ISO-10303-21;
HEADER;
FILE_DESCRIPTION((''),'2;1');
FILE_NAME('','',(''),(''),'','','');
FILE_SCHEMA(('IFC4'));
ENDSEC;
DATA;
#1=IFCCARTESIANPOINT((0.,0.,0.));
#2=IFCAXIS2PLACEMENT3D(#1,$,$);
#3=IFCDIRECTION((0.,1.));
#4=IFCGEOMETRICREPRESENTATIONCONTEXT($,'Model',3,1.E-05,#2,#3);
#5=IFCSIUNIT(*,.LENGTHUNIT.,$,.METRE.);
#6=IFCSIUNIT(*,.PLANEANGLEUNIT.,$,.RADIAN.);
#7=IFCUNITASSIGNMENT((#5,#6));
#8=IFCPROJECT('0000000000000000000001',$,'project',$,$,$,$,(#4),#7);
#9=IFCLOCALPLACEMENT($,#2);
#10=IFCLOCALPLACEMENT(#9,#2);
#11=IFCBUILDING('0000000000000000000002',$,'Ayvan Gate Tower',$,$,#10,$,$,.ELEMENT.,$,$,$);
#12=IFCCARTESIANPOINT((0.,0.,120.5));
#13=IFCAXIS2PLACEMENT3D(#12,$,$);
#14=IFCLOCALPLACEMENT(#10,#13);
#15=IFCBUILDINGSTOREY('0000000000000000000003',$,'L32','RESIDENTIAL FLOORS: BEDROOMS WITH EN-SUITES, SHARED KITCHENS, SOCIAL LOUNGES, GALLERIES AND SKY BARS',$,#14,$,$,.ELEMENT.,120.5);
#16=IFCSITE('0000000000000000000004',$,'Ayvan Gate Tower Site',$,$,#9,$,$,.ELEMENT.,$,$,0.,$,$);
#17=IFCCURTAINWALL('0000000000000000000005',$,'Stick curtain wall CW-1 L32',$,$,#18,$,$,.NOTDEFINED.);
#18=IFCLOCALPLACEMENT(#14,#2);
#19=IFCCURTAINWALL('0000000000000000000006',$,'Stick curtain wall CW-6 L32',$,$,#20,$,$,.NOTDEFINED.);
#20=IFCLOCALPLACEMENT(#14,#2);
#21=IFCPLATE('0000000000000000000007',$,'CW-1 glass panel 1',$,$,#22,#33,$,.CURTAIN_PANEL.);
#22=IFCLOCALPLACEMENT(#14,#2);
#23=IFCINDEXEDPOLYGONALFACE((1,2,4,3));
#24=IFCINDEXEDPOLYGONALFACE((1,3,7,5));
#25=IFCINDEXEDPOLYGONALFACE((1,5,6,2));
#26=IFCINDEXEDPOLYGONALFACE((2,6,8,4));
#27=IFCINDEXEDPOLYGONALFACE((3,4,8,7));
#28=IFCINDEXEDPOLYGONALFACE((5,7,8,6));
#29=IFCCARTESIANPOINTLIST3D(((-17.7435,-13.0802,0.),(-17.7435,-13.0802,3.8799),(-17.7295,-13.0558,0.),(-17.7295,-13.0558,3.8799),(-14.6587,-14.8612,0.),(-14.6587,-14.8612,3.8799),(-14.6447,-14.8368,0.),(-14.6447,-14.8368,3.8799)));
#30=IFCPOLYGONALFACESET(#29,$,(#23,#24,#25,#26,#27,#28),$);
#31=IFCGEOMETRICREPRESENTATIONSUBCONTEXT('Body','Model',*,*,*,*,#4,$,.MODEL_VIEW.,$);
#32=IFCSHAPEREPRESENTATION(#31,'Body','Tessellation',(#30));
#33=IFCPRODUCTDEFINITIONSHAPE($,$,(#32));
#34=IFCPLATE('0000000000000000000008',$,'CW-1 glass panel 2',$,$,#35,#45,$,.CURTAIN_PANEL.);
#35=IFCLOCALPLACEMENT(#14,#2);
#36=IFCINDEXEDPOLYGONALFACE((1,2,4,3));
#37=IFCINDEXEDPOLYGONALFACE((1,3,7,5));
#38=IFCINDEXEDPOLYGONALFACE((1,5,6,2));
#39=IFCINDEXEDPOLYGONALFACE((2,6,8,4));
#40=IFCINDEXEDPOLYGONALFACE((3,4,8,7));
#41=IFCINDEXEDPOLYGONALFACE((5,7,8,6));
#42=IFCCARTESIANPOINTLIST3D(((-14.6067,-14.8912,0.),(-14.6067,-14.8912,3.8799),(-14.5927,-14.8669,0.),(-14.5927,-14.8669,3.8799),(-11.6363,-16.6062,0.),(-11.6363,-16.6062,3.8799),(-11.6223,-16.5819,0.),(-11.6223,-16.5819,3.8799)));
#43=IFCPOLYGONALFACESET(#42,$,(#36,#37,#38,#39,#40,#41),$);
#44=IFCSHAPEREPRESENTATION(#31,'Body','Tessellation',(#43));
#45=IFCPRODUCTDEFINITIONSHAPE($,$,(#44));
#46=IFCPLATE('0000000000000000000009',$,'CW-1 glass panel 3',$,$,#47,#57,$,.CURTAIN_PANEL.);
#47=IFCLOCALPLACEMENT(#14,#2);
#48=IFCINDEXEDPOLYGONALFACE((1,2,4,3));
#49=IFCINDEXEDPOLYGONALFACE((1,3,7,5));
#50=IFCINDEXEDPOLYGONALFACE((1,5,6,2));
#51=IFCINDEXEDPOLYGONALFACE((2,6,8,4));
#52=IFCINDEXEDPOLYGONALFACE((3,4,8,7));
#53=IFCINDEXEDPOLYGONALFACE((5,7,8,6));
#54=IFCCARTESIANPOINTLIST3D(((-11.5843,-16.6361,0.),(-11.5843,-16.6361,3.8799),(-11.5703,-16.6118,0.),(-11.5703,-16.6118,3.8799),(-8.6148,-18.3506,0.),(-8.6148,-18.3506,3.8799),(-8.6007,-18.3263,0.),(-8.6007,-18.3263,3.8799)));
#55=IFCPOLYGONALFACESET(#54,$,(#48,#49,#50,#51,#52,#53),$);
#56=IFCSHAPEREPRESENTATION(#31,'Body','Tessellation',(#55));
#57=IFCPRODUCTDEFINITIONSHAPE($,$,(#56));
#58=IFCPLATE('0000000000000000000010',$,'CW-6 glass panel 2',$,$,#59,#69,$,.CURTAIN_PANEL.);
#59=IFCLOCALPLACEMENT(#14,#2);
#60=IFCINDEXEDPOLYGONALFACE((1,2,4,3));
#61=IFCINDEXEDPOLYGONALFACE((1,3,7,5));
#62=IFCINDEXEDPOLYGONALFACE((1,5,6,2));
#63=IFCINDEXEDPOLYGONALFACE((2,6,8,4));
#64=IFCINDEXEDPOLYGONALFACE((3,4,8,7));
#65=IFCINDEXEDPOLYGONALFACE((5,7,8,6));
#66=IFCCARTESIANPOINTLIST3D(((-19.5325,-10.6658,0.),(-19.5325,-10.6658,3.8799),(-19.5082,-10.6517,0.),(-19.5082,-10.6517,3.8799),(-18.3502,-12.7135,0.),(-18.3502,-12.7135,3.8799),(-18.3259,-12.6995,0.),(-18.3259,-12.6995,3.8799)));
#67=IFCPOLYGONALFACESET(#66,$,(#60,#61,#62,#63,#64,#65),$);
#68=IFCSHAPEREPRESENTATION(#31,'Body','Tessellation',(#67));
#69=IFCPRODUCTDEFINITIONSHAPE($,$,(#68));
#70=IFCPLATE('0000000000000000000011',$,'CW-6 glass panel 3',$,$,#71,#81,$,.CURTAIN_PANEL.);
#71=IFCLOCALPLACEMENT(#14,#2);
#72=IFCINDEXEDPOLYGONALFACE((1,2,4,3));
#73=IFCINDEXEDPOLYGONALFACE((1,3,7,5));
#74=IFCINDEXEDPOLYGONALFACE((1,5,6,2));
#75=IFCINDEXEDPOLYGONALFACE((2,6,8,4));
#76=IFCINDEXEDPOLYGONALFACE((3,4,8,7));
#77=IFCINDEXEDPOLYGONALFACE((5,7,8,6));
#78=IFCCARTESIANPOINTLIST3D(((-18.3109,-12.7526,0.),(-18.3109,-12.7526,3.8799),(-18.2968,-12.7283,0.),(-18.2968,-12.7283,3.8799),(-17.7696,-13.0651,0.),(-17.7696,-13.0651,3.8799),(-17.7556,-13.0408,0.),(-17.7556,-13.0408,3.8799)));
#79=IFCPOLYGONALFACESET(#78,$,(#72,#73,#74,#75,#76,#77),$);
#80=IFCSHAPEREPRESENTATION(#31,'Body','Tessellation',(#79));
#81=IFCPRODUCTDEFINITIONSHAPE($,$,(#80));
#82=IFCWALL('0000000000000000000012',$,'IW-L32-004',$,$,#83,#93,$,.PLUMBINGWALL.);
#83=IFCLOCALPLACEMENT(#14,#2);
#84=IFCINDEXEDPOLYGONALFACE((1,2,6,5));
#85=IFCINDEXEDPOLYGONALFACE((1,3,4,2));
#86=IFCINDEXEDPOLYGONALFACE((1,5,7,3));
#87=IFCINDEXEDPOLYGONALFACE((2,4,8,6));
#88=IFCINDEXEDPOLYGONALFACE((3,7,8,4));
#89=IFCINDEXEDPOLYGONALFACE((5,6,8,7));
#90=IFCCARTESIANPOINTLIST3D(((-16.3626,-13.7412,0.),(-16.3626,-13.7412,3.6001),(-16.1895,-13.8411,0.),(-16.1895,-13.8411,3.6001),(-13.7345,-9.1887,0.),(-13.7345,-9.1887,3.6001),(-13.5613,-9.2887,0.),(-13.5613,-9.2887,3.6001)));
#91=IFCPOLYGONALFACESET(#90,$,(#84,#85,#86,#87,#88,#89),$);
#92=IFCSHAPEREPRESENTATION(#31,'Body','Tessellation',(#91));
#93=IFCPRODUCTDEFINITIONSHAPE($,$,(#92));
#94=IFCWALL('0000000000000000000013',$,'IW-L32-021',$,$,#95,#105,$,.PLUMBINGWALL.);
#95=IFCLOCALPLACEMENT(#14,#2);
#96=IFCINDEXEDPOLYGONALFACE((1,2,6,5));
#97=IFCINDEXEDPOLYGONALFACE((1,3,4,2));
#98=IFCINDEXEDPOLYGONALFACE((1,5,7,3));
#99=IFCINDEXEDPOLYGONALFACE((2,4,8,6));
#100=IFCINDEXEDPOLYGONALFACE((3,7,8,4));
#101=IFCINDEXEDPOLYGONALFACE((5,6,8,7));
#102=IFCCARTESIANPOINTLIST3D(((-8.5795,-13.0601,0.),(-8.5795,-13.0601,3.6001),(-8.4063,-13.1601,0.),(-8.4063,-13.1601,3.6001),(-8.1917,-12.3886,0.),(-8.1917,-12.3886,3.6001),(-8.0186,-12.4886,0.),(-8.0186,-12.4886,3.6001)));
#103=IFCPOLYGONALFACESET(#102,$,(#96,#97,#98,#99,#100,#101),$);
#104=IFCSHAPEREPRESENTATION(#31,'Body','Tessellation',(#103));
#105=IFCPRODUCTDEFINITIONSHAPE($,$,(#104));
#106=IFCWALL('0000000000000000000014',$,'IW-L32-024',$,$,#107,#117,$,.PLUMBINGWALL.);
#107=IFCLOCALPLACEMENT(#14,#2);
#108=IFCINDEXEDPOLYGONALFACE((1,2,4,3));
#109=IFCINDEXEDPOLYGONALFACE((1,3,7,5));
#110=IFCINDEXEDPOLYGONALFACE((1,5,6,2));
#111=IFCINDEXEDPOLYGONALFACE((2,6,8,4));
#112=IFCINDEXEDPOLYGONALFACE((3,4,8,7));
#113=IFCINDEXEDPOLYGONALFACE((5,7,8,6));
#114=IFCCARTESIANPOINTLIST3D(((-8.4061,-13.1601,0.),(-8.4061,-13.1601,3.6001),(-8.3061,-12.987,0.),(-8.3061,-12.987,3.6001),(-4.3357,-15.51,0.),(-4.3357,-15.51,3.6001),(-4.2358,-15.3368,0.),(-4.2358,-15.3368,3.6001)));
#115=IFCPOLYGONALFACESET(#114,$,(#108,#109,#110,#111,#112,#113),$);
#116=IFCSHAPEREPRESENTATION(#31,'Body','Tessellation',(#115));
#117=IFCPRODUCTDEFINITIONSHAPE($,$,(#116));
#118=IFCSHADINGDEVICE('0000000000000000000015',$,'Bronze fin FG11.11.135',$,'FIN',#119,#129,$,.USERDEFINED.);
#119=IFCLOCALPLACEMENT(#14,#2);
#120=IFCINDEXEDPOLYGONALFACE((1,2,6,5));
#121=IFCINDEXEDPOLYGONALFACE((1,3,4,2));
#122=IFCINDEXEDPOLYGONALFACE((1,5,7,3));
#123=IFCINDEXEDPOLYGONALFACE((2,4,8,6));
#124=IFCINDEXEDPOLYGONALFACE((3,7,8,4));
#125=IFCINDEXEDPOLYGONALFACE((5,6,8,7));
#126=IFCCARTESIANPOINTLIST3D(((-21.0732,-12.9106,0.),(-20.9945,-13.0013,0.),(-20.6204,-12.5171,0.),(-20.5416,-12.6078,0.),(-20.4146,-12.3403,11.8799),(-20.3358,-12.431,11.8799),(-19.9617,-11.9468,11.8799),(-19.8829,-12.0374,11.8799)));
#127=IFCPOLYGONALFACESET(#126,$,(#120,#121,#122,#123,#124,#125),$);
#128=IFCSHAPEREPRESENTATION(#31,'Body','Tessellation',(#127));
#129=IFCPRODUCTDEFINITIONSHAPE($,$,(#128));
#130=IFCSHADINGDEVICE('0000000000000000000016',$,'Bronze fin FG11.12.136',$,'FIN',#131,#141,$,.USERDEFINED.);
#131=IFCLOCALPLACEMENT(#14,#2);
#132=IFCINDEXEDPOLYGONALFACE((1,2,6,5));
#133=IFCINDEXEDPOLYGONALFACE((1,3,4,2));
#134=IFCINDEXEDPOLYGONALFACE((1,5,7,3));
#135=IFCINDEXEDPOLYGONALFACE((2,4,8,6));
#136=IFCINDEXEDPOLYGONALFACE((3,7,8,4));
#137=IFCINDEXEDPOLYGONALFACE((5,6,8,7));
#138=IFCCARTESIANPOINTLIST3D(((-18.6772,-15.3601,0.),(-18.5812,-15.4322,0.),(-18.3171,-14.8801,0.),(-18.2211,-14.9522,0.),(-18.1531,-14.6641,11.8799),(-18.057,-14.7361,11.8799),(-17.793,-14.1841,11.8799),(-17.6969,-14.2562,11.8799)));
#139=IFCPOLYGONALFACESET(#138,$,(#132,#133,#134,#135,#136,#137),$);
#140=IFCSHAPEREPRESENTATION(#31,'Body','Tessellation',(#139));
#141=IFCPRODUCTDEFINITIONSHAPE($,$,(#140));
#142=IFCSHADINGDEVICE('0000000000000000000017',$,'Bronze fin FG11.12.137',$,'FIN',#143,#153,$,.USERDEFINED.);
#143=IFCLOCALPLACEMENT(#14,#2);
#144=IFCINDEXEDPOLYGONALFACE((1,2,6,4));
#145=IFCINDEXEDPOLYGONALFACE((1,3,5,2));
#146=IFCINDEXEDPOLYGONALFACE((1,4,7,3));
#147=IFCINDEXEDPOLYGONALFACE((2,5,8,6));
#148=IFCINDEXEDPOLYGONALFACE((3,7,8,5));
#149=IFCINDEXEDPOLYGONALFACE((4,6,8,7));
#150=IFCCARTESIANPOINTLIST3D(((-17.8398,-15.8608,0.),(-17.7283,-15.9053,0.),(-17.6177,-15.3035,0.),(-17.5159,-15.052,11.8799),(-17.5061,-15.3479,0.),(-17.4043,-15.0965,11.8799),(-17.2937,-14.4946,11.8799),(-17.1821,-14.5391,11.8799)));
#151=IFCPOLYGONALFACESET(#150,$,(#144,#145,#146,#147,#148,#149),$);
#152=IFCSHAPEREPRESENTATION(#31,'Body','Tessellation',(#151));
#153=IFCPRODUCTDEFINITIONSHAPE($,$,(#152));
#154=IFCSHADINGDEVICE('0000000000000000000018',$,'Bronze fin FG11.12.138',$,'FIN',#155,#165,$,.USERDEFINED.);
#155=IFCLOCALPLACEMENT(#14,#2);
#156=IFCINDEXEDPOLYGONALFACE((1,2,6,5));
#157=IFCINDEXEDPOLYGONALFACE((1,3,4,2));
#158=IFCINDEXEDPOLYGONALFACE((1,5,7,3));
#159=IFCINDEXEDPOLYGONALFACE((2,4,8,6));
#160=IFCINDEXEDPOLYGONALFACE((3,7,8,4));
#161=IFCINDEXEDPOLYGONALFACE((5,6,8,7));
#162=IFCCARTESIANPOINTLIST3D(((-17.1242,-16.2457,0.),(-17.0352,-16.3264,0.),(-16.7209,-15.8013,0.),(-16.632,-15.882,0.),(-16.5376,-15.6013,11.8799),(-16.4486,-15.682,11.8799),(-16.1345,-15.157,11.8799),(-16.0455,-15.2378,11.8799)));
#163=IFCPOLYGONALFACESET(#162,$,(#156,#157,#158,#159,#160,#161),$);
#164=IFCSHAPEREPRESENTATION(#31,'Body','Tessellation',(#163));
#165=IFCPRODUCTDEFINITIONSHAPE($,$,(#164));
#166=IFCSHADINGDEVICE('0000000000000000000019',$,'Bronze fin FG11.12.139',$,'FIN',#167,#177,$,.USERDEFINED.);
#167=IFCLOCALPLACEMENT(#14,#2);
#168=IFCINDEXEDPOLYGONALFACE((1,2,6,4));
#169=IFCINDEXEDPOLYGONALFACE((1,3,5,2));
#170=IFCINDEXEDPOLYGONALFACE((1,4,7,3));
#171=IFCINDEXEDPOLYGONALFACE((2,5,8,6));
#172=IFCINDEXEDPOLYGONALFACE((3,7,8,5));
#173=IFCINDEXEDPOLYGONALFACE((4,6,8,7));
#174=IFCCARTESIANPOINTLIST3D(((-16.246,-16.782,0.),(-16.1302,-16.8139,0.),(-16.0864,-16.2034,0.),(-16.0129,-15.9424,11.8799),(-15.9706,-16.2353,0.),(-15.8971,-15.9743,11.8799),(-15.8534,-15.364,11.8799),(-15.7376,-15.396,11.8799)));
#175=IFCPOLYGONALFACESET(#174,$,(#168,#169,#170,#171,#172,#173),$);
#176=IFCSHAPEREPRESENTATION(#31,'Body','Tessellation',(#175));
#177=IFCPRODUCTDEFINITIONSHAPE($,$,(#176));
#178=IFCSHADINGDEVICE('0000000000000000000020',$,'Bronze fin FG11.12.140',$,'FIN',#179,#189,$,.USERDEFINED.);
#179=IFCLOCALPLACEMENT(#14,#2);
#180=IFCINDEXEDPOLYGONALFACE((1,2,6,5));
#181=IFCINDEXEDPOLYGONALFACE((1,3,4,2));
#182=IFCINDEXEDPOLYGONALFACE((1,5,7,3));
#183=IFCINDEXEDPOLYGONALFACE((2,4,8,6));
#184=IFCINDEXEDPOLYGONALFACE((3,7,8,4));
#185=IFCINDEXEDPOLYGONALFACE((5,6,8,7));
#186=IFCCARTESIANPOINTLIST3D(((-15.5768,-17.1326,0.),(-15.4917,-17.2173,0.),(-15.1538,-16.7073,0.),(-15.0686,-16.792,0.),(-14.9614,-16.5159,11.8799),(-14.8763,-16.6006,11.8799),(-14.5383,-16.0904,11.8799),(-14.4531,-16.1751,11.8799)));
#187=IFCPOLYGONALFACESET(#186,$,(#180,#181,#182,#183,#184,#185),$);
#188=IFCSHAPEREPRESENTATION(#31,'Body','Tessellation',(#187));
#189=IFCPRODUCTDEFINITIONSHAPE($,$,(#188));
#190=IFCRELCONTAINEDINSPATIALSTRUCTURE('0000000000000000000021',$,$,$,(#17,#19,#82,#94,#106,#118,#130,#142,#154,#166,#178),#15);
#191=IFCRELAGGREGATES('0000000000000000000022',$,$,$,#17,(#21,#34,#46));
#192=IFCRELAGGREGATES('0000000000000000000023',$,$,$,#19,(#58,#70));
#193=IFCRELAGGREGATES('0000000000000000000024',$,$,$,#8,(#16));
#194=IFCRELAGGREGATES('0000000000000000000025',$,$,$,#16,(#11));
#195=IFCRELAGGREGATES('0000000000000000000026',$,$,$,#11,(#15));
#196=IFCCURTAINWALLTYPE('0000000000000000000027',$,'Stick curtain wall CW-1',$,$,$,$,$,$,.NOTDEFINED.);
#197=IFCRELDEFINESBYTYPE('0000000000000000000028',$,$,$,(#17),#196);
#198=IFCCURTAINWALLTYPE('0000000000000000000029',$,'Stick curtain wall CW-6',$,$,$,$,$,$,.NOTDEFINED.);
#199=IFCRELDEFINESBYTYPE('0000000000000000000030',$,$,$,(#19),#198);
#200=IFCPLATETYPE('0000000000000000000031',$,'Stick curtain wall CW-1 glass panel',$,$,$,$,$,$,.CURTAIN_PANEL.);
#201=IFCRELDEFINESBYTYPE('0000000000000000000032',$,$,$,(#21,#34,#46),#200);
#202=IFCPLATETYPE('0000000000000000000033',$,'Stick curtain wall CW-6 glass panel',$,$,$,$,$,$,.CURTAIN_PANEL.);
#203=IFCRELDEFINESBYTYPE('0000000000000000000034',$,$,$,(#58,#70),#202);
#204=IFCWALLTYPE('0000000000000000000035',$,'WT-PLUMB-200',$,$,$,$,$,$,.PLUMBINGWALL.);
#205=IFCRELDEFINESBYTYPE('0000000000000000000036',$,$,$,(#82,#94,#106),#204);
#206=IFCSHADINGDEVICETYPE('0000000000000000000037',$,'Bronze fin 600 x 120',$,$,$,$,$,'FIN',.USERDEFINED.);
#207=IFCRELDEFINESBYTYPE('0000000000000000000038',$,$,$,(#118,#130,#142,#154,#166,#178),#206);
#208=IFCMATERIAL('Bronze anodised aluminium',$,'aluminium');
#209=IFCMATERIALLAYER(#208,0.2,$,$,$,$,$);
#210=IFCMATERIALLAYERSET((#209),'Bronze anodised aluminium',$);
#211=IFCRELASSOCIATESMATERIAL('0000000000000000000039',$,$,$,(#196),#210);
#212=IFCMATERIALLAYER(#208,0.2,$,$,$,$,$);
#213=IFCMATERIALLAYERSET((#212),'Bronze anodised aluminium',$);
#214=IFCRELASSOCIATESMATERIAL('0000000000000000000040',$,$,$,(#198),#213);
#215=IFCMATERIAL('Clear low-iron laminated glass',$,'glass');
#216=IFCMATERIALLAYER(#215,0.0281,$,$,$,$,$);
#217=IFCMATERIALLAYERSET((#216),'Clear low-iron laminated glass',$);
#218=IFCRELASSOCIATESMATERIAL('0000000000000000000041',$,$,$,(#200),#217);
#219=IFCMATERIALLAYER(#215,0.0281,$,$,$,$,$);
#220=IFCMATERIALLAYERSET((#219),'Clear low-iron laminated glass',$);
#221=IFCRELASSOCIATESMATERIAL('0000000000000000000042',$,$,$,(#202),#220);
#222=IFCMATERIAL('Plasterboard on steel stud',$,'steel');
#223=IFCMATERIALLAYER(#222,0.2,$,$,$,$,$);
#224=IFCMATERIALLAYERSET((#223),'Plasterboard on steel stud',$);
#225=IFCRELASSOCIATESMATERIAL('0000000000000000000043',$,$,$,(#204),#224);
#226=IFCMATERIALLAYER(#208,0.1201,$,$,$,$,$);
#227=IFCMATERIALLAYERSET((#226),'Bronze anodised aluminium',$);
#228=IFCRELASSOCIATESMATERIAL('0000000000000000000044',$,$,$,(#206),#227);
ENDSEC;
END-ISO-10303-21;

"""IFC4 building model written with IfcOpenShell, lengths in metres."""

from ifc_helpers import new_model, si_unit, direction, frame, frame_2d, origin, origin_2d, place, context, subcontext, project, spatial, polyline, rectangle, outline, extrude, material, layer, layer_set, type_object, element, aggregate, save


model = new_model("IFC4")

# Units and contexts
model_context = context("Model", 3, precision=1e-05, world=origin(), true_north=direction((0.0, 1.0)))
body_context = subcontext(model_context, "Body", "Model", "MODEL_VIEW")
ifc_project = project(units=[si_unit("LENGTHUNIT", "METRE"), si_unit("PLANEANGLEUNIT", "RADIAN")], contexts=[model_context])

# Site, building, storey
site_placement = place(None, origin())
site = spatial("IfcSite", under=ifc_project, at=site_placement, Name="Ayvan Gate Tower Site", CompositionType="ELEMENT", RefElevation=0.0)
building_placement = place(site_placement, origin())
building = spatial("IfcBuilding", under=site, at=building_placement, Name="Ayvan Gate Tower", CompositionType="ELEMENT")
storey_placement = place(building_placement, frame((0.0, 0.0, 120.5)))
storey = spatial("IfcBuildingStorey", under=building, at=storey_placement, Name="L32", Description="RESIDENTIAL FLOORS: BEDROOMS WITH EN-SUITES, SHARED KITCHENS, SOCIAL LOUNGES, GALLERIES AND SKY BARS", CompositionType="ELEMENT", Elevation=120.5)

# Curtain walls
ifc_material_1 = material(Name="Bronze anodised aluminium", Category="aluminium")
ifc_layer_1 = layer(ifc_material_1, 0.2)
ifc_layer_set_1 = layer_set([ifc_layer_1], Name="Bronze anodised aluminium")
curtain_wall_type_1 = type_object("IfcCurtainWallType", Name="Stick curtain wall CW-1", PredefinedType="NOTDEFINED", material=ifc_layer_set_1)
curtain_wall_1_placement = place(storey_placement, origin())
curtain_wall_1 = element("IfcCurtainWall", 1, at=curtain_wall_1_placement, inside=storey, type_object=curtain_wall_type_1, Name="Stick curtain wall CW-1 L32", PredefinedType="NOTDEFINED")
ifc_layer_2 = layer(ifc_material_1, 0.2)
ifc_layer_set_2 = layer_set([ifc_layer_2], Name="Bronze anodised aluminium")
curtain_wall_type_2 = type_object("IfcCurtainWallType", Name="Stick curtain wall CW-6", PredefinedType="NOTDEFINED", material=ifc_layer_set_2)
curtain_wall_2_placement = place(storey_placement, origin())
curtain_wall_2 = element("IfcCurtainWall", 2, at=curtain_wall_2_placement, inside=storey, type_object=curtain_wall_type_2, Name="Stick curtain wall CW-6 L32", PredefinedType="NOTDEFINED")

# Plates
ifc_material_2 = material(Name="Clear low-iron laminated glass", Category="glass")
ifc_layer_3 = layer(ifc_material_2, 0.0281)
ifc_layer_set_3 = layer_set([ifc_layer_3], Name="Clear low-iron laminated glass")
plate_type_1 = type_object("IfcPlateType", Name="Stick curtain wall CW-1 glass panel", PredefinedType="CURTAIN_PANEL", material=ifc_layer_set_3)
plate_1_placement = place(storey_placement, frame((-16.1941, -13.9585, 0.0), z_axis=(0.0, 0.0, 1.0), x_axis=(0.866025, -0.5, 0.0)))
plate_1 = element("IfcPlate", 3, at=plate_1_placement, type_object=plate_type_1, Name="CW-1 glass panel 1", PredefinedType="CURTAIN_PANEL", context=body_context, shape_type="SweptSolid", body=[
    extrude(rectangle(XDim=3.562, YDim=0.0281, at=origin_2d()), origin(), (0.0, 0.0, 1.0), 3.8799),
])
plate_2_placement = place(storey_placement, frame((-13.1145, -15.7366, 0.0), z_axis=(0.0, 0.0, 1.0), x_axis=(0.866025, -0.5, 0.0)))
plate_2 = element("IfcPlate", 4, at=plate_2_placement, type_object=plate_type_1, Name="CW-1 glass panel 2", PredefinedType="CURTAIN_PANEL", context=body_context, shape_type="SweptSolid", body=[
    extrude(rectangle(XDim=3.4299, YDim=0.0281, at=origin_2d()), origin(), (0.0, 0.0, 1.0), 3.8799),
])
plate_3_placement = place(storey_placement, frame((-10.0925, -17.4812, 0.0), z_axis=(0.0, 0.0, 1.0), x_axis=(0.866025, -0.5, 0.0)))
plate_3 = element("IfcPlate", 5, at=plate_3_placement, type_object=plate_type_1, Name="CW-1 glass panel 3", PredefinedType="CURTAIN_PANEL", context=body_context, shape_type="SweptSolid", body=[
    extrude(rectangle(XDim=3.429, YDim=0.0281, at=origin_2d()), origin(), (0.0, 0.0, 1.0), 3.8799),
])
aggregate(curtain_wall_1, [plate_1, plate_2, plate_3])
ifc_layer_4 = layer(ifc_material_2, 0.0281)
ifc_layer_set_4 = layer_set([ifc_layer_4], Name="Clear low-iron laminated glass")
plate_type_2 = type_object("IfcPlateType", Name="Stick curtain wall CW-6 glass panel", PredefinedType="CURTAIN_PANEL", material=ifc_layer_set_4)
plate_4_placement = place(storey_placement, frame((-18.9292, -11.6826, 0.0), z_axis=(0.0, 0.0, 1.0), x_axis=(0.5, -0.866025, 0.0)))
plate_4 = element("IfcPlate", 6, at=plate_4_placement, type_object=plate_type_2, Name="CW-6 glass panel 2", PredefinedType="CURTAIN_PANEL", context=body_context, shape_type="SweptSolid", body=[
    extrude(rectangle(XDim=2.3645, YDim=0.0281, at=origin_2d()), origin(), (0.0, 0.0, 1.0), 3.8799),
])
plate_5_placement = place(storey_placement, frame((-18.0332, -12.8967, 0.0), z_axis=(0.0, 0.0, 1.0), x_axis=(0.866025, -0.5, 0.0)))
plate_5 = element("IfcPlate", 7, at=plate_5_placement, type_object=plate_type_2, Name="CW-6 glass panel 3", PredefinedType="CURTAIN_PANEL", context=body_context, shape_type="SweptSolid", body=[
    extrude(rectangle(XDim=0.625, YDim=0.0281, at=origin_2d()), origin(), (0.0, 0.0, 1.0), 3.8799),
])
aggregate(curtain_wall_2, [plate_4, plate_5])

# Walls
ifc_material_3 = material(Name="Plasterboard on steel stud", Category="steel")
ifc_layer_5 = layer(ifc_material_3, 0.2)
ifc_layer_set_5 = layer_set([ifc_layer_5], Name="Plasterboard on steel stud")
wall_type = type_object("IfcWallType", Name="WT-PLUMB-200", PredefinedType="PLUMBINGWALL", material=ifc_layer_set_5)
wall_1_placement = place(storey_placement, frame((-16.2761, -13.7913, 0.0), z_axis=(0.0, 0.0, 1.0), x_axis=(0.49997, 0.866043, 0.0)))
element("IfcWall", 8, at=wall_1_placement, inside=storey, type_object=wall_type, Name="IW-L32-004", PredefinedType="PLUMBINGWALL", context=body_context, shape_type="SweptSolid", body=[
    extrude(rectangle(XDim=5.2566, YDim=0.2, at=frame_2d((2.6284, 0.0))), origin(), (0.0, 0.0, 1.0), 3.6001),
])
wall_2_placement = place(storey_placement, frame((-8.4929, -13.1101, 0.0), z_axis=(0.0, 0.0, 1.0), x_axis=(0.500068, 0.865986, 0.0)))
element("IfcWall", 9, at=wall_2_placement, inside=storey, type_object=wall_type, Name="IW-L32-021", PredefinedType="PLUMBINGWALL", context=body_context, shape_type="SweptSolid", body=[
    extrude(rectangle(XDim=0.7754, YDim=0.2, at=frame_2d((0.3877, 0.0))), origin(), (0.0, 0.0, 1.0), 3.6001),
])
wall_3_placement = place(storey_placement, frame((-8.3562, -13.0735, 0.0), z_axis=(0.0, 0.0, 1.0), x_axis=(0.866039, -0.499977, 0.0)))
element("IfcWall", 10, at=wall_3_placement, inside=storey, type_object=wall_type, Name="IW-L32-024", PredefinedType="PLUMBINGWALL", context=body_context, shape_type="SweptSolid", body=[
    extrude(rectangle(XDim=4.7, YDim=0.2, at=frame_2d((2.3501, 0.0))), origin(), (0.0, 0.0, 1.0), 3.6001),
])

# Shading devices
ifc_layer_6 = layer(ifc_material_1, 0.1201)
ifc_layer_set_6 = layer_set([ifc_layer_6], Name="Bronze anodised aluminium")
shading_device_type = type_object("IfcShadingDeviceType", Name="Bronze fin 600 x 120", ElementType="FIN", PredefinedType="USERDEFINED", material=ifc_layer_set_6)
shading_device_1_placement = place(storey_placement, frame((-20.6204, -12.5171, 0.0), z_axis=(-0.655937, 0.754816, 0.000133), x_axis=(-0.754816, -0.655937, 0.0)))
element("IfcShadingDevice", 11, at=shading_device_1_placement, inside=storey, type_object=shading_device_type, Name="Bronze fin FG11.11.135", ObjectType="FIN", PredefinedType="USERDEFINED", context=body_context, shape_type="SweptSolid", body=[
    extrude(outline(polyline([(0.0, 0.0), (0.6, 0.0), (-0.2713, 11.8799), (-0.8713, 11.8799), (0.0, 0.0)])), origin(), (0.0, 0.0, -1.0), 0.1201),
])
shading_device_2_placement = place(storey_placement, frame((-18.3171, -14.8801, 0.0), z_axis=(-0.799902, 0.60013, 0.000132), x_axis=(-0.60013, -0.799902, 0.0)))
element("IfcShadingDevice", 12, at=shading_device_2_placement, inside=storey, type_object=shading_device_type, Name="Bronze fin FG11.12.136", ObjectType="FIN", PredefinedType="USERDEFINED", context=body_context, shape_type="SweptSolid", body=[
    extrude(outline(polyline([(0.0, 0.0), (0.6, 0.0), (-0.2713, 11.8799), (-0.8713, 11.8799), (0.0, 0.0)])), origin(), (0.0, 0.0, -1.0), 0.1201),
])
shading_device_3_placement = place(storey_placement, frame((-17.6177, -15.3035, 0.0), z_axis=(-0.928925, 0.370268, 0.000123), x_axis=(-0.370268, -0.928925, 0.0)))
element("IfcShadingDevice", 13, at=shading_device_3_placement, inside=storey, type_object=shading_device_type, Name="Bronze fin FG11.12.137", ObjectType="FIN", PredefinedType="USERDEFINED", context=body_context, shape_type="SweptSolid", body=[
    extrude(outline(polyline([(0.0, 0.0), (0.6, 0.0), (-0.2713, 11.8799), (-0.8713, 11.8799), (0.0, 0.0)])), origin(), (0.0, 0.0, -1.0), 0.1201),
])
shading_device_4_placement = place(storey_placement, frame((-16.7209, -15.8013, 0.0), z_axis=(-0.740557, 0.671994, 0.000119), x_axis=(-0.671994, -0.740557, 0.0)))
element("IfcShadingDevice", 14, at=shading_device_4_placement, inside=storey, type_object=shading_device_type, Name="Bronze fin FG11.12.138", ObjectType="FIN", PredefinedType="USERDEFINED", context=body_context, shape_type="SweptSolid", body=[
    extrude(outline(polyline([(0.0, 0.0), (0.6001, 0.0), (-0.2713, 11.8799), (-0.8712, 11.8799), (0.0, 0.0)])), origin(), (0.0, 0.0, -1.0), 0.1201),
])
shading_device_5_placement = place(storey_placement, frame((-16.0864, -16.2034, 0.0), z_axis=(-0.964009, 0.26587, 0.000122), x_axis=(-0.26587, -0.964009, 0.0)))
element("IfcShadingDevice", 15, at=shading_device_5_placement, inside=storey, type_object=shading_device_type, Name="Bronze fin FG11.12.139", ObjectType="FIN", PredefinedType="USERDEFINED", context=body_context, shape_type="SweptSolid", body=[
    extrude(outline(polyline([(0.0, 0.0), (0.6002, 0.0), (-0.2711, 11.8799), (-0.8711, 11.8799), (0.0, 0.0)])), origin(), (0.0, 0.0, -1.0), 0.1201),
])
shading_device_6_placement = place(storey_placement, frame((-15.1538, -16.7073, 0.0), z_axis=(-0.709037, 0.705171, 0.000121), x_axis=(-0.705171, -0.709037, 0.0)))
element("IfcShadingDevice", 16, at=shading_device_6_placement, inside=storey, type_object=shading_device_type, Name="Bronze fin FG11.12.140", ObjectType="FIN", PredefinedType="USERDEFINED", context=body_context, shape_type="SweptSolid", body=[
    extrude(outline(polyline([(0.0, 0.0), (0.5999, 0.0), (-0.2714, 11.8799), (-0.8715, 11.8799), (0.0, 0.0)])), origin(), (0.0, 0.0, -1.0), 0.1201),
])

save(model, "model.ifc")
